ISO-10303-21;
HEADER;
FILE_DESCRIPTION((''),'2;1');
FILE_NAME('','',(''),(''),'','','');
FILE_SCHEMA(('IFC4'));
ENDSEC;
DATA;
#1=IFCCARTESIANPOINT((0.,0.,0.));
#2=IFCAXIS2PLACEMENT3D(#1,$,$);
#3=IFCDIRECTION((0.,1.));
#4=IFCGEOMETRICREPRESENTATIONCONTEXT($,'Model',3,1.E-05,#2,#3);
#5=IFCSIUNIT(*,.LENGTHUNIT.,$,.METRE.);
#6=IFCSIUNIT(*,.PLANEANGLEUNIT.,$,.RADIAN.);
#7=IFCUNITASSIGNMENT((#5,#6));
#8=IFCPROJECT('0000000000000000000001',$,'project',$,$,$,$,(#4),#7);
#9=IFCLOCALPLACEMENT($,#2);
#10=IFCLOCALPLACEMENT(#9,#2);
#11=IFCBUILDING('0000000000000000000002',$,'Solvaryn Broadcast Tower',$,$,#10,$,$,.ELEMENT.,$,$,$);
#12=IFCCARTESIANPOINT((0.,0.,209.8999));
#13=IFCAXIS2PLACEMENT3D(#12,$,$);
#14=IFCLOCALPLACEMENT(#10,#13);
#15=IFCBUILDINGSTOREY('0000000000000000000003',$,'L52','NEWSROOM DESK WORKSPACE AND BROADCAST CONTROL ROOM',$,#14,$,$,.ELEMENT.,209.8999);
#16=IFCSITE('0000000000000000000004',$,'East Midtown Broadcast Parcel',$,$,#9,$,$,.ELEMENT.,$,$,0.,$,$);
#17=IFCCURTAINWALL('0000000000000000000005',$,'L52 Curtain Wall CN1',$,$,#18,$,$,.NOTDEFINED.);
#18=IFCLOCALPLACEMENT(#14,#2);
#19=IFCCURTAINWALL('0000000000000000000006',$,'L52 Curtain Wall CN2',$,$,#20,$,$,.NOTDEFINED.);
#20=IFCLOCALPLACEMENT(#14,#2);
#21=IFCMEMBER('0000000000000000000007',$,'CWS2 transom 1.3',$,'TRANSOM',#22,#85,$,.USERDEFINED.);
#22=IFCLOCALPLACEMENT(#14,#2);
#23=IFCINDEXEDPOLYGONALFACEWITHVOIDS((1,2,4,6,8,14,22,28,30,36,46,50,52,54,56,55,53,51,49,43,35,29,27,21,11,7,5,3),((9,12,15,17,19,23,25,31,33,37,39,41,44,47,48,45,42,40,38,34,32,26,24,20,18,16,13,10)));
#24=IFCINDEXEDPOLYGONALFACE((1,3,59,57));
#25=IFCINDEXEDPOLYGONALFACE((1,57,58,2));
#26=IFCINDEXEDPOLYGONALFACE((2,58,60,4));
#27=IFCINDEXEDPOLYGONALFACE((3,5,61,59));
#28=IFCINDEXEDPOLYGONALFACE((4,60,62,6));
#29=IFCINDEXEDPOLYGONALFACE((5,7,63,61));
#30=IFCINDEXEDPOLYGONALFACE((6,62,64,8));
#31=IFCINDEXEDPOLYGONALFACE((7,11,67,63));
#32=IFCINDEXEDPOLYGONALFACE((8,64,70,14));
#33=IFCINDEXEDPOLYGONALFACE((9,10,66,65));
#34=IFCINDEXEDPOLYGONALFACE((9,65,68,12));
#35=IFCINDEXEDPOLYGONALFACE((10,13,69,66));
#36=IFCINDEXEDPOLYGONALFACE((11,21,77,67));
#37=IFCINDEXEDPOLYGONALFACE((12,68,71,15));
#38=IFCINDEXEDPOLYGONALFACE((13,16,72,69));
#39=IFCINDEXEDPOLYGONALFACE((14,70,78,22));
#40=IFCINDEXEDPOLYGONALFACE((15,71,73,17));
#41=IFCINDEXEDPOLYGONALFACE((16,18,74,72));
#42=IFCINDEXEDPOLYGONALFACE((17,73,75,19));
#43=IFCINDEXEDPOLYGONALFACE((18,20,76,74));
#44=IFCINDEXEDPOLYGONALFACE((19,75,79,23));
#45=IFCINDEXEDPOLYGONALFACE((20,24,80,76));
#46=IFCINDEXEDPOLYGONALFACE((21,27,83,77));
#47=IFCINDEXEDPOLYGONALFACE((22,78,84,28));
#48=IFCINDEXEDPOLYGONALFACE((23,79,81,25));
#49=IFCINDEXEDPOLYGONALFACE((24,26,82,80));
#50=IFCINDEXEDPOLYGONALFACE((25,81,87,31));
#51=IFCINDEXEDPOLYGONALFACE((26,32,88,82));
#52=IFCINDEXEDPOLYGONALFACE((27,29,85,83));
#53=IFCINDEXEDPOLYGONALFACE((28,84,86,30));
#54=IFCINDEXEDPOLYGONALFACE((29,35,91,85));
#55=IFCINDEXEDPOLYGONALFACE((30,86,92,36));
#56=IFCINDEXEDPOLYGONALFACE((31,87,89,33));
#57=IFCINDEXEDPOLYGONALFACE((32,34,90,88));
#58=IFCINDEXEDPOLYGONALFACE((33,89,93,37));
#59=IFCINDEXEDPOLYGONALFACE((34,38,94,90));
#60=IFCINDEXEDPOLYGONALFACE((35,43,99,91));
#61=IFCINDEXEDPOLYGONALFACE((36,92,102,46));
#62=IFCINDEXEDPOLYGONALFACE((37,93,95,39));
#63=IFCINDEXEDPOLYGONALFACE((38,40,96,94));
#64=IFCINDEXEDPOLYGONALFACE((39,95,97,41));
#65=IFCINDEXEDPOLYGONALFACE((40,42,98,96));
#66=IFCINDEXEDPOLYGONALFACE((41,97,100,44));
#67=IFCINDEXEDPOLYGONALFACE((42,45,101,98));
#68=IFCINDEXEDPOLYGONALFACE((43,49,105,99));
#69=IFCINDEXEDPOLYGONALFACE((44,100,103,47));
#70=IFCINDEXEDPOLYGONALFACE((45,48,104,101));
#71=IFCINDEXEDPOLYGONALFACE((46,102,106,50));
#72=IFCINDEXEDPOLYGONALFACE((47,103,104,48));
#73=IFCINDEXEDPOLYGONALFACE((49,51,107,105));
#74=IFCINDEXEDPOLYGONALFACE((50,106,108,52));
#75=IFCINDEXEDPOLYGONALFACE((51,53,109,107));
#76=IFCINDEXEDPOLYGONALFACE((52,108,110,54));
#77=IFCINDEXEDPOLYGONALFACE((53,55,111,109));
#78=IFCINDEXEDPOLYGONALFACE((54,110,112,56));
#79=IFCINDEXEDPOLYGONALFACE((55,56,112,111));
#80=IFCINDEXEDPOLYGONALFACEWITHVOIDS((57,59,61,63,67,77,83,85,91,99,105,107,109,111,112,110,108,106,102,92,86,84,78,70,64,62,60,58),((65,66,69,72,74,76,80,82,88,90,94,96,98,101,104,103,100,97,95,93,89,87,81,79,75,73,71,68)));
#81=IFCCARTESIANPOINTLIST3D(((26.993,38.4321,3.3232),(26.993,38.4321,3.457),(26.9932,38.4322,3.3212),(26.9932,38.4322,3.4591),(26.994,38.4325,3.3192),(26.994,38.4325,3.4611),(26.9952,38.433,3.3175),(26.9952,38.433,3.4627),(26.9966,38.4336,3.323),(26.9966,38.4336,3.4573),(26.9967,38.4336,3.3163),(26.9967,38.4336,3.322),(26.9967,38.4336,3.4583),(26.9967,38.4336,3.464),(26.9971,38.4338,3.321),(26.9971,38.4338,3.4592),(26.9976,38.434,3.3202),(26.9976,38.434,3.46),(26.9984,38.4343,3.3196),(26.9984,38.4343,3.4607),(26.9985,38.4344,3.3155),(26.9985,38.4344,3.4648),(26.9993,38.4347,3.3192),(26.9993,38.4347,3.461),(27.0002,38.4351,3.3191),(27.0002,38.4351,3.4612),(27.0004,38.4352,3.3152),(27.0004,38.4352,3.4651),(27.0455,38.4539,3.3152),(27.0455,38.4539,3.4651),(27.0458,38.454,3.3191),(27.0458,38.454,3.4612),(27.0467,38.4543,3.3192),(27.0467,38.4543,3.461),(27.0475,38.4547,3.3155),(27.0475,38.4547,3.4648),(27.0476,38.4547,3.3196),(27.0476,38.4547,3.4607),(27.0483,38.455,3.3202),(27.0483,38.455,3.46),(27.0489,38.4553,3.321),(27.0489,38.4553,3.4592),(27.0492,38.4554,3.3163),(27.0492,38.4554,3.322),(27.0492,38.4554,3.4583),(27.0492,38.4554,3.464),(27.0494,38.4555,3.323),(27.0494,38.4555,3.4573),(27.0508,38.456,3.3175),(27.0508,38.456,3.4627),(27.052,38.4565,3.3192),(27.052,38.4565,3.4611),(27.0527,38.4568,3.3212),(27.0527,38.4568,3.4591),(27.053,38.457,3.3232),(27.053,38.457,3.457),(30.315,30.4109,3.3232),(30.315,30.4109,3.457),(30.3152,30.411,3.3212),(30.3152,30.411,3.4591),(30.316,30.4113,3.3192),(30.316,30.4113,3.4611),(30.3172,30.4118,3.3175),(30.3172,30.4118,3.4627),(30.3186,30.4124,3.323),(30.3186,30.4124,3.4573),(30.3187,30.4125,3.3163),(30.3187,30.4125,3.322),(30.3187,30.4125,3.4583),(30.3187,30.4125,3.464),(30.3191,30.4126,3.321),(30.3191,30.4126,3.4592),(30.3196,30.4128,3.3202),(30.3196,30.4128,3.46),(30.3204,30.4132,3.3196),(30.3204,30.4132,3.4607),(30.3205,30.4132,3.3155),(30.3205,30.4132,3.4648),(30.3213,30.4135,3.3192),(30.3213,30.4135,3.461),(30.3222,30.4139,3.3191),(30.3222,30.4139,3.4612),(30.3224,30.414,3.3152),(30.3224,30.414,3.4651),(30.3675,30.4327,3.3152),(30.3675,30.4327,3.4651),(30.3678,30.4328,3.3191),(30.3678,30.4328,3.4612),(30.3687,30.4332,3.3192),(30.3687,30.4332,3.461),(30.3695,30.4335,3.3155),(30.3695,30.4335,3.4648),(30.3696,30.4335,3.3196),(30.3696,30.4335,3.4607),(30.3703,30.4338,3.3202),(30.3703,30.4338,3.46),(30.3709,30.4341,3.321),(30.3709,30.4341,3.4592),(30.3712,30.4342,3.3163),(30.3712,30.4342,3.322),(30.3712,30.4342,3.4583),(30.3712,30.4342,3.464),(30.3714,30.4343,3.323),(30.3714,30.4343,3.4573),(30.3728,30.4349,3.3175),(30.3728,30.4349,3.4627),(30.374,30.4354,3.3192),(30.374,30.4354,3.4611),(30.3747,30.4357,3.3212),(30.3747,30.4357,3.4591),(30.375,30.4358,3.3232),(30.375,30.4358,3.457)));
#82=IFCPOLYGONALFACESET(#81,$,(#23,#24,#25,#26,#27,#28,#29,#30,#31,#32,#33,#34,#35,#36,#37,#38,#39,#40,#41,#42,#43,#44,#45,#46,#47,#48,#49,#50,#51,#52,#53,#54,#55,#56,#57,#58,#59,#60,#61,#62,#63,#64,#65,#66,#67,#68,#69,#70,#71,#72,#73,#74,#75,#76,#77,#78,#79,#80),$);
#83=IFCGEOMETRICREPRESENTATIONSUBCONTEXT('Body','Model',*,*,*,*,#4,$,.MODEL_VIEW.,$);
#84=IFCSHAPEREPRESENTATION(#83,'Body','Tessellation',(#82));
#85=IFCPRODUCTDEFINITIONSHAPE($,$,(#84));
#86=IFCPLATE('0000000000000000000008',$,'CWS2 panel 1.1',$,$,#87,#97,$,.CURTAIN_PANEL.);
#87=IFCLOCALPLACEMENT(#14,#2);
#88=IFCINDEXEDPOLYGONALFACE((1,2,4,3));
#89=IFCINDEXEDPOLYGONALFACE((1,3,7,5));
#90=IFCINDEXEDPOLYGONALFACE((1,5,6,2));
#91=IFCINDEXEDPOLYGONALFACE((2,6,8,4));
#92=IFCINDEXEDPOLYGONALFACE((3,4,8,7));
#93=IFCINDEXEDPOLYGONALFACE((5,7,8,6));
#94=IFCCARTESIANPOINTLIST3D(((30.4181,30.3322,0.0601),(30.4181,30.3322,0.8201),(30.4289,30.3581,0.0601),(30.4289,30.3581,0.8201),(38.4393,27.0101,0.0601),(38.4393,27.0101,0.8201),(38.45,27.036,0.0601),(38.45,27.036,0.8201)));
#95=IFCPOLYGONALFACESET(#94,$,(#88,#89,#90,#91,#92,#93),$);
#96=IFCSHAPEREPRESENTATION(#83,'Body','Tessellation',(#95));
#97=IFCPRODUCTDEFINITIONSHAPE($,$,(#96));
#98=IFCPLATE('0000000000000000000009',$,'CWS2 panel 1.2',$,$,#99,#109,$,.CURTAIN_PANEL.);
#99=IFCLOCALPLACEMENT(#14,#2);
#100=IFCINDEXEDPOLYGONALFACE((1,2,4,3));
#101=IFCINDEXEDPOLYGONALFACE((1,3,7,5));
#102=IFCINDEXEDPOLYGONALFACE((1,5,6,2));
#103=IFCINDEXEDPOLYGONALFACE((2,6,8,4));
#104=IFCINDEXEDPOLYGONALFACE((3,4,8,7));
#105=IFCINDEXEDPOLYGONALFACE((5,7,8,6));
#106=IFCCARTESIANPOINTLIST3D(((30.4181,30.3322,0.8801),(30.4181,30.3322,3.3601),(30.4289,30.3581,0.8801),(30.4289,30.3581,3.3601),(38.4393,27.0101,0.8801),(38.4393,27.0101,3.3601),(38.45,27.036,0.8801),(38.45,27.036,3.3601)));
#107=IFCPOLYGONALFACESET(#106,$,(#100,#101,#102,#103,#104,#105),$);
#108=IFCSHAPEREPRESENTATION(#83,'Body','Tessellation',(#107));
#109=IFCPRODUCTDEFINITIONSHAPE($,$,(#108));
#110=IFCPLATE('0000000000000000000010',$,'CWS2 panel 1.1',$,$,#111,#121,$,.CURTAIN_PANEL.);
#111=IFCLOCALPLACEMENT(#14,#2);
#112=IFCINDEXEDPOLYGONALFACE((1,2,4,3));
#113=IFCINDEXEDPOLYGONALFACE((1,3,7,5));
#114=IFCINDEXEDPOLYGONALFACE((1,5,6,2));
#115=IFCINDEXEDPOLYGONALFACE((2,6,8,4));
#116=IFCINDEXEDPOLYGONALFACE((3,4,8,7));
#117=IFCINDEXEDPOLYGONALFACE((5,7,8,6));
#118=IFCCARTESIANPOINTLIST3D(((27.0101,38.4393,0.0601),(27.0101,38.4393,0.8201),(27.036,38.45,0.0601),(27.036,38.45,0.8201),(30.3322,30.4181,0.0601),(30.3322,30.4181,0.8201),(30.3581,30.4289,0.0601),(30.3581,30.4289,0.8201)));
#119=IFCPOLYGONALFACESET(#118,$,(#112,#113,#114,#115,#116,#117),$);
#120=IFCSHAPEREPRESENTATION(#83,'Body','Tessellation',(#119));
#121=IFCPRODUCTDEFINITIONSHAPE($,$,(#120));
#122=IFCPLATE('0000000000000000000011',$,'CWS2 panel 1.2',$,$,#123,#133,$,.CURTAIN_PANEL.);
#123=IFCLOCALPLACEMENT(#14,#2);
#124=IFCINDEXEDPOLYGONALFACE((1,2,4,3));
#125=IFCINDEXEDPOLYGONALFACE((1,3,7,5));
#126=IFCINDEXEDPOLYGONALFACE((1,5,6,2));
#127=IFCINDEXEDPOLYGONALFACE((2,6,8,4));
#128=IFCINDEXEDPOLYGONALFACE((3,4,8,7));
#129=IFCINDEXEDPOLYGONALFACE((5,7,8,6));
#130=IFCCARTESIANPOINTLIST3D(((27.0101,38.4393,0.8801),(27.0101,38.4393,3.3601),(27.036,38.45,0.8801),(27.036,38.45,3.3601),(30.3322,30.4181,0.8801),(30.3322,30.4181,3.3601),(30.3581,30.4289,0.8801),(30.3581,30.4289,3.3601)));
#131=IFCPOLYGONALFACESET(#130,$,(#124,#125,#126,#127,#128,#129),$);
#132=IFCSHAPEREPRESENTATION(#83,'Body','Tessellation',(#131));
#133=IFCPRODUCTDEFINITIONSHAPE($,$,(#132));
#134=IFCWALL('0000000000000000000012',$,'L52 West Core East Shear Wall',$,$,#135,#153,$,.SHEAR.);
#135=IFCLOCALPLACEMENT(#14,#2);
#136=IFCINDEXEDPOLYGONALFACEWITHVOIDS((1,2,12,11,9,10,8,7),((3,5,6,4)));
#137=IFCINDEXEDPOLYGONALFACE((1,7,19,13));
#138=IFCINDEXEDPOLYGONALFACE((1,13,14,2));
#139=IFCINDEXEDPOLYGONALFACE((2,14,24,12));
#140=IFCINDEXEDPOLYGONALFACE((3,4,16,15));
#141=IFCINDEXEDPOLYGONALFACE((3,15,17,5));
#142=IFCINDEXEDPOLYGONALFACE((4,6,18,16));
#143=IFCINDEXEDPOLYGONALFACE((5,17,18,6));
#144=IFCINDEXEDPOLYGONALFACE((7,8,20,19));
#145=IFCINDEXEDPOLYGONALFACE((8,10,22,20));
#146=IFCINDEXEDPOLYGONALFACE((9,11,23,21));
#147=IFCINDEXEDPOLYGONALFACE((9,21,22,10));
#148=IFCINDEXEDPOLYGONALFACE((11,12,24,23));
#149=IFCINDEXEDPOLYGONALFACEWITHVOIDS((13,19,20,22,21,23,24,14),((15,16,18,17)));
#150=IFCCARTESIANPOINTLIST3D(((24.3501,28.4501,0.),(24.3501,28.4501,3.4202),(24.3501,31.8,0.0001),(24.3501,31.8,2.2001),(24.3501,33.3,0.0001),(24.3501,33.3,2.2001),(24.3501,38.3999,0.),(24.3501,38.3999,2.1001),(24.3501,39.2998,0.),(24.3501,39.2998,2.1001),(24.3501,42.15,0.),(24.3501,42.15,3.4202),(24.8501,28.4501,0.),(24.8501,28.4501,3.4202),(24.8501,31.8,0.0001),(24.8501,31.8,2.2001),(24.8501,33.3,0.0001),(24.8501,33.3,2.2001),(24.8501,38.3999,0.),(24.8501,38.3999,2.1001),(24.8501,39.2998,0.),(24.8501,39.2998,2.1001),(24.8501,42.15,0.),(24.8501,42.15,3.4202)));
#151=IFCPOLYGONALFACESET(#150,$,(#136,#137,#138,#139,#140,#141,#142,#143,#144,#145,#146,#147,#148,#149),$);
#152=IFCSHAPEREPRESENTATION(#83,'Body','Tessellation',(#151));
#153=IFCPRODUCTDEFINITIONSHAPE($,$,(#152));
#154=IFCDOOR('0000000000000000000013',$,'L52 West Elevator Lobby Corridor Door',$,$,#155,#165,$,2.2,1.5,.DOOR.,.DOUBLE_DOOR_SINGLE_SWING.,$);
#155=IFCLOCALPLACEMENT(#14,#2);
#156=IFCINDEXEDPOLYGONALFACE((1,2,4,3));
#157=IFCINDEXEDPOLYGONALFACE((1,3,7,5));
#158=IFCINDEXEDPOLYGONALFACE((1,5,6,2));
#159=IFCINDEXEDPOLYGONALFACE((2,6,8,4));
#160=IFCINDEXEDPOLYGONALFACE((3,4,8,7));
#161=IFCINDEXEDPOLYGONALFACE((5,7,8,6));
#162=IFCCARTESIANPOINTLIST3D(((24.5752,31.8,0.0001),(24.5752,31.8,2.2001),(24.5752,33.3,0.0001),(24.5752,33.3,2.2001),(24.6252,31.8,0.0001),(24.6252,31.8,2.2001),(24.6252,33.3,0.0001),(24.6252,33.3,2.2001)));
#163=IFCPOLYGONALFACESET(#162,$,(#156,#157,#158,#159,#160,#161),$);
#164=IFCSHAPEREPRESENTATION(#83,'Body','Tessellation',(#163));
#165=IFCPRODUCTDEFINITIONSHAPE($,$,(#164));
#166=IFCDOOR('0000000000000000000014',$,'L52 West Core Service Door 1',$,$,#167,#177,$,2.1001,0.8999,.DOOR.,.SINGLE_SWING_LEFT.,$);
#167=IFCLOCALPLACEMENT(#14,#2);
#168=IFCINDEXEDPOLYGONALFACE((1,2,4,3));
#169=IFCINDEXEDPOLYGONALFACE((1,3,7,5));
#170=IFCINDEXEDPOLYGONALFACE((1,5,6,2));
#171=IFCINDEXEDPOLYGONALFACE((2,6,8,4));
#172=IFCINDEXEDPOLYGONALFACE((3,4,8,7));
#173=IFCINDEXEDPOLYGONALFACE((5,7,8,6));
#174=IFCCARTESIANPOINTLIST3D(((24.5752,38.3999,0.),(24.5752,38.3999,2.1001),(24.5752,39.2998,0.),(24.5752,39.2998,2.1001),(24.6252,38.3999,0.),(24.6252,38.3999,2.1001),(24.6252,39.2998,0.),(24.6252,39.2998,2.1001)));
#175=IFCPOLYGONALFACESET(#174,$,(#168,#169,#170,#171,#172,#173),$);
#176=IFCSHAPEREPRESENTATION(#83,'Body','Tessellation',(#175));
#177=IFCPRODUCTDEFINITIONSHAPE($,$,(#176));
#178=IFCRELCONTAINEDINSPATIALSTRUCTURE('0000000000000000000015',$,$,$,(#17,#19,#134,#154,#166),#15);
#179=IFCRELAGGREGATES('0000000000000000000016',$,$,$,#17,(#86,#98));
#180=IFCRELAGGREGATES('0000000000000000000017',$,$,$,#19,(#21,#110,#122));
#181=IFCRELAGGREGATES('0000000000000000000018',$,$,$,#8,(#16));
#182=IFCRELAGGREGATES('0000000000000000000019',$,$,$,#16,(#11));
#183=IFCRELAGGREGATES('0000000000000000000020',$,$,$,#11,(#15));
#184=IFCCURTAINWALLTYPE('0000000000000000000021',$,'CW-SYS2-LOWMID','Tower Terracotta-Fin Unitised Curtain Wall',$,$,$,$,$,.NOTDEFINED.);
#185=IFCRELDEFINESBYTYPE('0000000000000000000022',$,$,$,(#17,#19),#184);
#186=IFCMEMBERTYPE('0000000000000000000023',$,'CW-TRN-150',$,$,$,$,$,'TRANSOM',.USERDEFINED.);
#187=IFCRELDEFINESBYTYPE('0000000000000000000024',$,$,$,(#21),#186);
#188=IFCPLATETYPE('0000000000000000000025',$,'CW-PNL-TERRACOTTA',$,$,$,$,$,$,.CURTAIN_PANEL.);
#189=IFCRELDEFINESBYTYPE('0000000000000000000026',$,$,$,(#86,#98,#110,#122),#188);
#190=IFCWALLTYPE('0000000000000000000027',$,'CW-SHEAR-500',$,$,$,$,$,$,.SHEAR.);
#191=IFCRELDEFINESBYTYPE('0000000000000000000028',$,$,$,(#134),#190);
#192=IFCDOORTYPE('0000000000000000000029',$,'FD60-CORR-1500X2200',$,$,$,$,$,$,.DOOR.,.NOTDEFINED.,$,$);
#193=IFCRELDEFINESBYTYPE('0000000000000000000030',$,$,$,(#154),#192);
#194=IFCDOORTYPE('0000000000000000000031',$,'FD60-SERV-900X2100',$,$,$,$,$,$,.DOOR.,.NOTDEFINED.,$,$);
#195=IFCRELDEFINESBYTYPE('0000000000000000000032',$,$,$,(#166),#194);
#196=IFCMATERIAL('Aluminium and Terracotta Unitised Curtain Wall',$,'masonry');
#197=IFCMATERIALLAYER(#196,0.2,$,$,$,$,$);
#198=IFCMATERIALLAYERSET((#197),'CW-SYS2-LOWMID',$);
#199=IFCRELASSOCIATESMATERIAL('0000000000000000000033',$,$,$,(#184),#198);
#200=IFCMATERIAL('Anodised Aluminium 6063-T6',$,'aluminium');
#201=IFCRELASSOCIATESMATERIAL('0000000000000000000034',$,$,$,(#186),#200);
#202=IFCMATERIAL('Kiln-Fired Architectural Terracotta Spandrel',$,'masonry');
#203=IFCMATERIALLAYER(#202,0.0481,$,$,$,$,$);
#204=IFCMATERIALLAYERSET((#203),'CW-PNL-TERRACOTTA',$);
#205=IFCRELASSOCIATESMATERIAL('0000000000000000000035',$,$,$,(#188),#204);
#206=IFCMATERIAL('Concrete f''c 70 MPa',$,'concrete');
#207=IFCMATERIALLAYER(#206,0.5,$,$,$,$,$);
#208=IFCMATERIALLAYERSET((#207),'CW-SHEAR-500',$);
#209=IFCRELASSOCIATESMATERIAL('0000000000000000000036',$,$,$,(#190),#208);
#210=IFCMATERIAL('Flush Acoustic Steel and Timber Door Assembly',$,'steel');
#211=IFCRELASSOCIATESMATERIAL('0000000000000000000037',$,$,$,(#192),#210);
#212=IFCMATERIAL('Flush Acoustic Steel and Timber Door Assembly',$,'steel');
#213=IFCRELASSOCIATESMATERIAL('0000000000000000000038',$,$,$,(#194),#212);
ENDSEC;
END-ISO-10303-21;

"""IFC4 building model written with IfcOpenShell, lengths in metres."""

from ifc_helpers import new_model, si_unit, direction, frame, frame_2d, origin, origin_2d, place, context, subcontext, project, spatial, rectangle, hollow_rectangle, extrude, material, layer, layer_set, material_profile, profile_set, type_object, element, fill, aggregate, save


model = new_model("IFC4")

# Units and contexts
model_context = context("Model", 3, precision=1e-05, world=origin(), true_north=direction((0.0, 1.0)))
body_context = subcontext(model_context, "Body", "Model", "MODEL_VIEW")
ifc_project = project(units=[si_unit("LENGTHUNIT", "METRE"), si_unit("PLANEANGLEUNIT", "RADIAN")], contexts=[model_context])

# Site, building, storey
site_placement = place(None, origin())
site = spatial("IfcSite", under=ifc_project, at=site_placement, Name="East Midtown Broadcast Parcel", CompositionType="ELEMENT", RefElevation=0.0)
building_placement = place(site_placement, origin())
building = spatial("IfcBuilding", under=site, at=building_placement, Name="Solvaryn Broadcast Tower", CompositionType="ELEMENT")
storey_placement = place(building_placement, frame((0.0, 0.0, 209.8999)))
storey = spatial("IfcBuildingStorey", under=building, at=storey_placement, Name="L52", Description="NEWSROOM DESK WORKSPACE AND BROADCAST CONTROL ROOM", CompositionType="ELEMENT", Elevation=209.8999)

# Curtain wall
ifc_material_1 = material(Name="Aluminium and Terracotta Unitised Curtain Wall", Category="masonry")
ifc_layer_1 = layer(ifc_material_1, 0.2)
ifc_layer_set_1 = layer_set([ifc_layer_1], Name="CW-SYS2-LOWMID")
curtain_wall_type = type_object("IfcCurtainWallType", Name="CW-SYS2-LOWMID", Description="Tower Terracotta-Fin Unitised Curtain Wall", PredefinedType="NOTDEFINED", material=ifc_layer_set_1)
curtain_wall_1_placement = place(storey_placement, origin())
curtain_wall_1 = element("IfcCurtainWall", 1, at=curtain_wall_1_placement, inside=storey, type_object=curtain_wall_type, Name="L52 Curtain Wall CN1", PredefinedType="NOTDEFINED")

# Curtain wall, member
curtain_wall_2_placement = place(storey_placement, origin())
curtain_wall_2 = element("IfcCurtainWall", 2, at=curtain_wall_2_placement, inside=storey, type_object=curtain_wall_type, Name="L52 Curtain Wall CN2", PredefinedType="NOTDEFINED")
ifc_material_2 = material(Name="Anodised Aluminium 6063-T6", Category="aluminium")
ifc_material_profile_1 = material_profile(ifc_material_2, hollow_rectangle(XDim=0.0649, YDim=0.1499, WallThickness=0.0039, InnerFilletRadius=0.0039, OuterFilletRadius=0.0081, at=origin_2d()))
ifc_profile_set_1 = profile_set([ifc_material_profile_1], Name="Anodised Aluminium 6063-T6")
member_type_1 = type_object("IfcMemberType", Name="CW-TRN-150", ElementType="TRANSOM", PredefinedType="USERDEFINED", material=ifc_profile_set_1)
member_1_placement = place(storey_placement, frame((30.345, 30.4233, 3.3901), z_axis=(-0.382636, 0.923899, 0.0), x_axis=(-0.923899, -0.382636, 0.0)))
member_1 = element("IfcMember", 3, at=member_1_placement, type_object=member_type_1, Name="CWS2 transom 1.3", ObjectType="TRANSOM", PredefinedType="USERDEFINED", context=body_context, shape_type="SweptSolid", body=[
    extrude(hollow_rectangle(XDim=0.0649, YDim=0.1499, WallThickness=0.0039, InnerFilletRadius=0.0039, OuterFilletRadius=0.0081, at=origin_2d()), origin(), (0.0, 0.0, 1.0), 8.6819),
])

# Plates
ifc_material_3 = material(Name="Kiln-Fired Architectural Terracotta Spandrel", Category="masonry")
ifc_layer_2 = layer(ifc_material_3, 0.0481)
ifc_layer_set_2 = layer_set([ifc_layer_2], Name="CW-PNL-TERRACOTTA")
plate_type = type_object("IfcPlateType", Name="CW-PNL-TERRACOTTA", PredefinedType="CURTAIN_PANEL", material=ifc_layer_set_2)
plate_1_placement = place(storey_placement, frame((34.4341, 28.6841, 0.0601), z_axis=(0.0, 0.0, 1.0), x_axis=(-0.923895, 0.382646, 0.0)))
plate_1 = element("IfcPlate", 4, at=plate_1_placement, type_object=plate_type, Name="CWS2 panel 1.1", PredefinedType="CURTAIN_PANEL", context=body_context, shape_type="SweptSolid", body=[
    extrude(rectangle(XDim=8.6819, YDim=0.0281, at=origin_2d()), origin(), (0.0, 0.0, 1.0), 0.76),
])
plate_2_placement = place(storey_placement, frame((34.4341, 28.6841, 0.8801), z_axis=(0.0, 0.0, 1.0), x_axis=(-0.923895, 0.382646, 0.0)))
plate_2 = element("IfcPlate", 5, at=plate_2_placement, type_object=plate_type, Name="CWS2 panel 1.2", PredefinedType="CURTAIN_PANEL", context=body_context, shape_type="SweptSolid", body=[
    extrude(rectangle(XDim=8.6819, YDim=0.0281, at=origin_2d()), origin(), (0.0, 0.0, 1.0), 2.48),
])
aggregate(curtain_wall_1, [plate_1, plate_2])
plate_3_placement = place(storey_placement, frame((28.6841, 34.4341, 0.0601), z_axis=(0.0, 0.0, 1.0), x_axis=(-0.382646, 0.923895, 0.0)))
plate_3 = element("IfcPlate", 6, at=plate_3_placement, type_object=plate_type, Name="CWS2 panel 1.1", PredefinedType="CURTAIN_PANEL", context=body_context, shape_type="SweptSolid", body=[
    extrude(rectangle(XDim=8.6819, YDim=0.0281, at=origin_2d()), origin(), (0.0, 0.0, 1.0), 0.76),
])
plate_4_placement = place(storey_placement, frame((28.6841, 34.4341, 0.8801), z_axis=(0.0, 0.0, 1.0), x_axis=(-0.382646, 0.923895, 0.0)))
plate_4 = element("IfcPlate", 7, at=plate_4_placement, type_object=plate_type, Name="CWS2 panel 1.2", PredefinedType="CURTAIN_PANEL", context=body_context, shape_type="SweptSolid", body=[
    extrude(rectangle(XDim=8.6819, YDim=0.0281, at=origin_2d()), origin(), (0.0, 0.0, 1.0), 2.48),
])
aggregate(curtain_wall_2, [member_1, plate_3, plate_4])

# Wall, openings, doors
ifc_material_4 = material(Name="Concrete f'c 70 MPa", Category="concrete")
ifc_layer_3 = layer(ifc_material_4, 0.5)
ifc_layer_set_3 = layer_set([ifc_layer_3], Name="CW-SHEAR-500")
wall_type_1 = type_object("IfcWallType", Name="CW-SHEAR-500", PredefinedType="SHEAR", material=ifc_layer_set_3)
wall_1_placement = place(storey_placement, frame((24.6001, 28.45, 0.0), z_axis=(0.0, 0.0, 1.0), x_axis=(0.0, 1.0, 0.0)))
wall_1 = element("IfcWall", 8, at=wall_1_placement, inside=storey, type_object=wall_type_1, Name="L52 West Core East Shear Wall", PredefinedType="SHEAR", context=body_context, shape_type="SweptSolid", body=[
    extrude(rectangle(XDim=13.7, YDim=0.5, at=frame_2d((6.8501, 0.0))), origin(), (0.0, 0.0, 1.0), 3.4202),
])
opening_1_placement = place(wall_1_placement, frame((3.3501, 0.0, 0.0)))
opening_1 = element("IfcOpeningElement", 9, at=opening_1_placement, cuts=wall_1, PredefinedType="OPENING", context=body_context, shape_type="SweptSolid", body=[
    extrude(rectangle(XDim=1.5, YDim=2.2, at=frame_2d((0.75, 1.1001))), frame((0.0, 0.26, 0.0), z_axis=(0.0, -1.0, 0.0), x_axis=(1.0, 0.0, 0.0)), (0.0, 0.0, 1.0), 0.52),
])
opening_2_placement = place(wall_1_placement, frame((9.95, 0.0, 0.0)))
opening_2 = element("IfcOpeningElement", 10, at=opening_2_placement, cuts=wall_1, PredefinedType="OPENING", context=body_context, shape_type="SweptSolid", body=[
    extrude(rectangle(XDim=0.8999, YDim=2.1001, at=frame_2d((0.45, 1.05))), frame((0.0, 0.26, 0.0), z_axis=(0.0, -1.0, 0.0), x_axis=(1.0, 0.0, 0.0)), (0.0, 0.0, 1.0), 0.52),
])
ifc_material_5 = material(Name="Flush Acoustic Steel and Timber Door Assembly", Category="steel")
door_type_1 = type_object("IfcDoorType", Name="FD60-CORR-1500X2200", OperationType="NOTDEFINED", PredefinedType="DOOR", material=ifc_material_5)
door_1_placement = place(opening_1_placement, origin())
door_1 = element("IfcDoor", 11, at=door_1_placement, inside=storey, type_object=door_type_1, Name="L52 West Elevator Lobby Corridor Door", OperationType="DOUBLE_DOOR_SINGLE_SWING", OverallHeight=2.2, OverallWidth=1.5, PredefinedType="DOOR", context=body_context, shape_type="SweptSolid", body=[
    extrude(rectangle(XDim=1.5, YDim=2.2, at=frame_2d((0.75, 1.1001))), frame((0.0, 0.0249, 0.0), z_axis=(0.0, -1.0, 0.0), x_axis=(1.0, 0.0, 0.0)), (0.0, 0.0, 1.0), 0.05),
])
fill(opening_1, door_1)
ifc_material_6 = material(Name="Flush Acoustic Steel and Timber Door Assembly", Category="steel")
door_type_2 = type_object("IfcDoorType", Name="FD60-SERV-900X2100", OperationType="NOTDEFINED", PredefinedType="DOOR", material=ifc_material_6)
door_2_placement = place(opening_2_placement, origin())
door_2 = element("IfcDoor", 12, at=door_2_placement, inside=storey, type_object=door_type_2, Name="L52 West Core Service Door 1", OperationType="SINGLE_SWING_LEFT", OverallHeight=2.1001, OverallWidth=0.8999, PredefinedType="DOOR", context=body_context, shape_type="SweptSolid", body=[
    extrude(rectangle(XDim=0.8999, YDim=2.1001, at=frame_2d((0.45, 1.05))), frame((0.0, 0.0249, 0.0), z_axis=(0.0, -1.0, 0.0), x_axis=(1.0, 0.0, 0.0)), (0.0, 0.0, 1.0), 0.05),
])
fill(opening_2, door_2)

save(model, "model.ifc")
